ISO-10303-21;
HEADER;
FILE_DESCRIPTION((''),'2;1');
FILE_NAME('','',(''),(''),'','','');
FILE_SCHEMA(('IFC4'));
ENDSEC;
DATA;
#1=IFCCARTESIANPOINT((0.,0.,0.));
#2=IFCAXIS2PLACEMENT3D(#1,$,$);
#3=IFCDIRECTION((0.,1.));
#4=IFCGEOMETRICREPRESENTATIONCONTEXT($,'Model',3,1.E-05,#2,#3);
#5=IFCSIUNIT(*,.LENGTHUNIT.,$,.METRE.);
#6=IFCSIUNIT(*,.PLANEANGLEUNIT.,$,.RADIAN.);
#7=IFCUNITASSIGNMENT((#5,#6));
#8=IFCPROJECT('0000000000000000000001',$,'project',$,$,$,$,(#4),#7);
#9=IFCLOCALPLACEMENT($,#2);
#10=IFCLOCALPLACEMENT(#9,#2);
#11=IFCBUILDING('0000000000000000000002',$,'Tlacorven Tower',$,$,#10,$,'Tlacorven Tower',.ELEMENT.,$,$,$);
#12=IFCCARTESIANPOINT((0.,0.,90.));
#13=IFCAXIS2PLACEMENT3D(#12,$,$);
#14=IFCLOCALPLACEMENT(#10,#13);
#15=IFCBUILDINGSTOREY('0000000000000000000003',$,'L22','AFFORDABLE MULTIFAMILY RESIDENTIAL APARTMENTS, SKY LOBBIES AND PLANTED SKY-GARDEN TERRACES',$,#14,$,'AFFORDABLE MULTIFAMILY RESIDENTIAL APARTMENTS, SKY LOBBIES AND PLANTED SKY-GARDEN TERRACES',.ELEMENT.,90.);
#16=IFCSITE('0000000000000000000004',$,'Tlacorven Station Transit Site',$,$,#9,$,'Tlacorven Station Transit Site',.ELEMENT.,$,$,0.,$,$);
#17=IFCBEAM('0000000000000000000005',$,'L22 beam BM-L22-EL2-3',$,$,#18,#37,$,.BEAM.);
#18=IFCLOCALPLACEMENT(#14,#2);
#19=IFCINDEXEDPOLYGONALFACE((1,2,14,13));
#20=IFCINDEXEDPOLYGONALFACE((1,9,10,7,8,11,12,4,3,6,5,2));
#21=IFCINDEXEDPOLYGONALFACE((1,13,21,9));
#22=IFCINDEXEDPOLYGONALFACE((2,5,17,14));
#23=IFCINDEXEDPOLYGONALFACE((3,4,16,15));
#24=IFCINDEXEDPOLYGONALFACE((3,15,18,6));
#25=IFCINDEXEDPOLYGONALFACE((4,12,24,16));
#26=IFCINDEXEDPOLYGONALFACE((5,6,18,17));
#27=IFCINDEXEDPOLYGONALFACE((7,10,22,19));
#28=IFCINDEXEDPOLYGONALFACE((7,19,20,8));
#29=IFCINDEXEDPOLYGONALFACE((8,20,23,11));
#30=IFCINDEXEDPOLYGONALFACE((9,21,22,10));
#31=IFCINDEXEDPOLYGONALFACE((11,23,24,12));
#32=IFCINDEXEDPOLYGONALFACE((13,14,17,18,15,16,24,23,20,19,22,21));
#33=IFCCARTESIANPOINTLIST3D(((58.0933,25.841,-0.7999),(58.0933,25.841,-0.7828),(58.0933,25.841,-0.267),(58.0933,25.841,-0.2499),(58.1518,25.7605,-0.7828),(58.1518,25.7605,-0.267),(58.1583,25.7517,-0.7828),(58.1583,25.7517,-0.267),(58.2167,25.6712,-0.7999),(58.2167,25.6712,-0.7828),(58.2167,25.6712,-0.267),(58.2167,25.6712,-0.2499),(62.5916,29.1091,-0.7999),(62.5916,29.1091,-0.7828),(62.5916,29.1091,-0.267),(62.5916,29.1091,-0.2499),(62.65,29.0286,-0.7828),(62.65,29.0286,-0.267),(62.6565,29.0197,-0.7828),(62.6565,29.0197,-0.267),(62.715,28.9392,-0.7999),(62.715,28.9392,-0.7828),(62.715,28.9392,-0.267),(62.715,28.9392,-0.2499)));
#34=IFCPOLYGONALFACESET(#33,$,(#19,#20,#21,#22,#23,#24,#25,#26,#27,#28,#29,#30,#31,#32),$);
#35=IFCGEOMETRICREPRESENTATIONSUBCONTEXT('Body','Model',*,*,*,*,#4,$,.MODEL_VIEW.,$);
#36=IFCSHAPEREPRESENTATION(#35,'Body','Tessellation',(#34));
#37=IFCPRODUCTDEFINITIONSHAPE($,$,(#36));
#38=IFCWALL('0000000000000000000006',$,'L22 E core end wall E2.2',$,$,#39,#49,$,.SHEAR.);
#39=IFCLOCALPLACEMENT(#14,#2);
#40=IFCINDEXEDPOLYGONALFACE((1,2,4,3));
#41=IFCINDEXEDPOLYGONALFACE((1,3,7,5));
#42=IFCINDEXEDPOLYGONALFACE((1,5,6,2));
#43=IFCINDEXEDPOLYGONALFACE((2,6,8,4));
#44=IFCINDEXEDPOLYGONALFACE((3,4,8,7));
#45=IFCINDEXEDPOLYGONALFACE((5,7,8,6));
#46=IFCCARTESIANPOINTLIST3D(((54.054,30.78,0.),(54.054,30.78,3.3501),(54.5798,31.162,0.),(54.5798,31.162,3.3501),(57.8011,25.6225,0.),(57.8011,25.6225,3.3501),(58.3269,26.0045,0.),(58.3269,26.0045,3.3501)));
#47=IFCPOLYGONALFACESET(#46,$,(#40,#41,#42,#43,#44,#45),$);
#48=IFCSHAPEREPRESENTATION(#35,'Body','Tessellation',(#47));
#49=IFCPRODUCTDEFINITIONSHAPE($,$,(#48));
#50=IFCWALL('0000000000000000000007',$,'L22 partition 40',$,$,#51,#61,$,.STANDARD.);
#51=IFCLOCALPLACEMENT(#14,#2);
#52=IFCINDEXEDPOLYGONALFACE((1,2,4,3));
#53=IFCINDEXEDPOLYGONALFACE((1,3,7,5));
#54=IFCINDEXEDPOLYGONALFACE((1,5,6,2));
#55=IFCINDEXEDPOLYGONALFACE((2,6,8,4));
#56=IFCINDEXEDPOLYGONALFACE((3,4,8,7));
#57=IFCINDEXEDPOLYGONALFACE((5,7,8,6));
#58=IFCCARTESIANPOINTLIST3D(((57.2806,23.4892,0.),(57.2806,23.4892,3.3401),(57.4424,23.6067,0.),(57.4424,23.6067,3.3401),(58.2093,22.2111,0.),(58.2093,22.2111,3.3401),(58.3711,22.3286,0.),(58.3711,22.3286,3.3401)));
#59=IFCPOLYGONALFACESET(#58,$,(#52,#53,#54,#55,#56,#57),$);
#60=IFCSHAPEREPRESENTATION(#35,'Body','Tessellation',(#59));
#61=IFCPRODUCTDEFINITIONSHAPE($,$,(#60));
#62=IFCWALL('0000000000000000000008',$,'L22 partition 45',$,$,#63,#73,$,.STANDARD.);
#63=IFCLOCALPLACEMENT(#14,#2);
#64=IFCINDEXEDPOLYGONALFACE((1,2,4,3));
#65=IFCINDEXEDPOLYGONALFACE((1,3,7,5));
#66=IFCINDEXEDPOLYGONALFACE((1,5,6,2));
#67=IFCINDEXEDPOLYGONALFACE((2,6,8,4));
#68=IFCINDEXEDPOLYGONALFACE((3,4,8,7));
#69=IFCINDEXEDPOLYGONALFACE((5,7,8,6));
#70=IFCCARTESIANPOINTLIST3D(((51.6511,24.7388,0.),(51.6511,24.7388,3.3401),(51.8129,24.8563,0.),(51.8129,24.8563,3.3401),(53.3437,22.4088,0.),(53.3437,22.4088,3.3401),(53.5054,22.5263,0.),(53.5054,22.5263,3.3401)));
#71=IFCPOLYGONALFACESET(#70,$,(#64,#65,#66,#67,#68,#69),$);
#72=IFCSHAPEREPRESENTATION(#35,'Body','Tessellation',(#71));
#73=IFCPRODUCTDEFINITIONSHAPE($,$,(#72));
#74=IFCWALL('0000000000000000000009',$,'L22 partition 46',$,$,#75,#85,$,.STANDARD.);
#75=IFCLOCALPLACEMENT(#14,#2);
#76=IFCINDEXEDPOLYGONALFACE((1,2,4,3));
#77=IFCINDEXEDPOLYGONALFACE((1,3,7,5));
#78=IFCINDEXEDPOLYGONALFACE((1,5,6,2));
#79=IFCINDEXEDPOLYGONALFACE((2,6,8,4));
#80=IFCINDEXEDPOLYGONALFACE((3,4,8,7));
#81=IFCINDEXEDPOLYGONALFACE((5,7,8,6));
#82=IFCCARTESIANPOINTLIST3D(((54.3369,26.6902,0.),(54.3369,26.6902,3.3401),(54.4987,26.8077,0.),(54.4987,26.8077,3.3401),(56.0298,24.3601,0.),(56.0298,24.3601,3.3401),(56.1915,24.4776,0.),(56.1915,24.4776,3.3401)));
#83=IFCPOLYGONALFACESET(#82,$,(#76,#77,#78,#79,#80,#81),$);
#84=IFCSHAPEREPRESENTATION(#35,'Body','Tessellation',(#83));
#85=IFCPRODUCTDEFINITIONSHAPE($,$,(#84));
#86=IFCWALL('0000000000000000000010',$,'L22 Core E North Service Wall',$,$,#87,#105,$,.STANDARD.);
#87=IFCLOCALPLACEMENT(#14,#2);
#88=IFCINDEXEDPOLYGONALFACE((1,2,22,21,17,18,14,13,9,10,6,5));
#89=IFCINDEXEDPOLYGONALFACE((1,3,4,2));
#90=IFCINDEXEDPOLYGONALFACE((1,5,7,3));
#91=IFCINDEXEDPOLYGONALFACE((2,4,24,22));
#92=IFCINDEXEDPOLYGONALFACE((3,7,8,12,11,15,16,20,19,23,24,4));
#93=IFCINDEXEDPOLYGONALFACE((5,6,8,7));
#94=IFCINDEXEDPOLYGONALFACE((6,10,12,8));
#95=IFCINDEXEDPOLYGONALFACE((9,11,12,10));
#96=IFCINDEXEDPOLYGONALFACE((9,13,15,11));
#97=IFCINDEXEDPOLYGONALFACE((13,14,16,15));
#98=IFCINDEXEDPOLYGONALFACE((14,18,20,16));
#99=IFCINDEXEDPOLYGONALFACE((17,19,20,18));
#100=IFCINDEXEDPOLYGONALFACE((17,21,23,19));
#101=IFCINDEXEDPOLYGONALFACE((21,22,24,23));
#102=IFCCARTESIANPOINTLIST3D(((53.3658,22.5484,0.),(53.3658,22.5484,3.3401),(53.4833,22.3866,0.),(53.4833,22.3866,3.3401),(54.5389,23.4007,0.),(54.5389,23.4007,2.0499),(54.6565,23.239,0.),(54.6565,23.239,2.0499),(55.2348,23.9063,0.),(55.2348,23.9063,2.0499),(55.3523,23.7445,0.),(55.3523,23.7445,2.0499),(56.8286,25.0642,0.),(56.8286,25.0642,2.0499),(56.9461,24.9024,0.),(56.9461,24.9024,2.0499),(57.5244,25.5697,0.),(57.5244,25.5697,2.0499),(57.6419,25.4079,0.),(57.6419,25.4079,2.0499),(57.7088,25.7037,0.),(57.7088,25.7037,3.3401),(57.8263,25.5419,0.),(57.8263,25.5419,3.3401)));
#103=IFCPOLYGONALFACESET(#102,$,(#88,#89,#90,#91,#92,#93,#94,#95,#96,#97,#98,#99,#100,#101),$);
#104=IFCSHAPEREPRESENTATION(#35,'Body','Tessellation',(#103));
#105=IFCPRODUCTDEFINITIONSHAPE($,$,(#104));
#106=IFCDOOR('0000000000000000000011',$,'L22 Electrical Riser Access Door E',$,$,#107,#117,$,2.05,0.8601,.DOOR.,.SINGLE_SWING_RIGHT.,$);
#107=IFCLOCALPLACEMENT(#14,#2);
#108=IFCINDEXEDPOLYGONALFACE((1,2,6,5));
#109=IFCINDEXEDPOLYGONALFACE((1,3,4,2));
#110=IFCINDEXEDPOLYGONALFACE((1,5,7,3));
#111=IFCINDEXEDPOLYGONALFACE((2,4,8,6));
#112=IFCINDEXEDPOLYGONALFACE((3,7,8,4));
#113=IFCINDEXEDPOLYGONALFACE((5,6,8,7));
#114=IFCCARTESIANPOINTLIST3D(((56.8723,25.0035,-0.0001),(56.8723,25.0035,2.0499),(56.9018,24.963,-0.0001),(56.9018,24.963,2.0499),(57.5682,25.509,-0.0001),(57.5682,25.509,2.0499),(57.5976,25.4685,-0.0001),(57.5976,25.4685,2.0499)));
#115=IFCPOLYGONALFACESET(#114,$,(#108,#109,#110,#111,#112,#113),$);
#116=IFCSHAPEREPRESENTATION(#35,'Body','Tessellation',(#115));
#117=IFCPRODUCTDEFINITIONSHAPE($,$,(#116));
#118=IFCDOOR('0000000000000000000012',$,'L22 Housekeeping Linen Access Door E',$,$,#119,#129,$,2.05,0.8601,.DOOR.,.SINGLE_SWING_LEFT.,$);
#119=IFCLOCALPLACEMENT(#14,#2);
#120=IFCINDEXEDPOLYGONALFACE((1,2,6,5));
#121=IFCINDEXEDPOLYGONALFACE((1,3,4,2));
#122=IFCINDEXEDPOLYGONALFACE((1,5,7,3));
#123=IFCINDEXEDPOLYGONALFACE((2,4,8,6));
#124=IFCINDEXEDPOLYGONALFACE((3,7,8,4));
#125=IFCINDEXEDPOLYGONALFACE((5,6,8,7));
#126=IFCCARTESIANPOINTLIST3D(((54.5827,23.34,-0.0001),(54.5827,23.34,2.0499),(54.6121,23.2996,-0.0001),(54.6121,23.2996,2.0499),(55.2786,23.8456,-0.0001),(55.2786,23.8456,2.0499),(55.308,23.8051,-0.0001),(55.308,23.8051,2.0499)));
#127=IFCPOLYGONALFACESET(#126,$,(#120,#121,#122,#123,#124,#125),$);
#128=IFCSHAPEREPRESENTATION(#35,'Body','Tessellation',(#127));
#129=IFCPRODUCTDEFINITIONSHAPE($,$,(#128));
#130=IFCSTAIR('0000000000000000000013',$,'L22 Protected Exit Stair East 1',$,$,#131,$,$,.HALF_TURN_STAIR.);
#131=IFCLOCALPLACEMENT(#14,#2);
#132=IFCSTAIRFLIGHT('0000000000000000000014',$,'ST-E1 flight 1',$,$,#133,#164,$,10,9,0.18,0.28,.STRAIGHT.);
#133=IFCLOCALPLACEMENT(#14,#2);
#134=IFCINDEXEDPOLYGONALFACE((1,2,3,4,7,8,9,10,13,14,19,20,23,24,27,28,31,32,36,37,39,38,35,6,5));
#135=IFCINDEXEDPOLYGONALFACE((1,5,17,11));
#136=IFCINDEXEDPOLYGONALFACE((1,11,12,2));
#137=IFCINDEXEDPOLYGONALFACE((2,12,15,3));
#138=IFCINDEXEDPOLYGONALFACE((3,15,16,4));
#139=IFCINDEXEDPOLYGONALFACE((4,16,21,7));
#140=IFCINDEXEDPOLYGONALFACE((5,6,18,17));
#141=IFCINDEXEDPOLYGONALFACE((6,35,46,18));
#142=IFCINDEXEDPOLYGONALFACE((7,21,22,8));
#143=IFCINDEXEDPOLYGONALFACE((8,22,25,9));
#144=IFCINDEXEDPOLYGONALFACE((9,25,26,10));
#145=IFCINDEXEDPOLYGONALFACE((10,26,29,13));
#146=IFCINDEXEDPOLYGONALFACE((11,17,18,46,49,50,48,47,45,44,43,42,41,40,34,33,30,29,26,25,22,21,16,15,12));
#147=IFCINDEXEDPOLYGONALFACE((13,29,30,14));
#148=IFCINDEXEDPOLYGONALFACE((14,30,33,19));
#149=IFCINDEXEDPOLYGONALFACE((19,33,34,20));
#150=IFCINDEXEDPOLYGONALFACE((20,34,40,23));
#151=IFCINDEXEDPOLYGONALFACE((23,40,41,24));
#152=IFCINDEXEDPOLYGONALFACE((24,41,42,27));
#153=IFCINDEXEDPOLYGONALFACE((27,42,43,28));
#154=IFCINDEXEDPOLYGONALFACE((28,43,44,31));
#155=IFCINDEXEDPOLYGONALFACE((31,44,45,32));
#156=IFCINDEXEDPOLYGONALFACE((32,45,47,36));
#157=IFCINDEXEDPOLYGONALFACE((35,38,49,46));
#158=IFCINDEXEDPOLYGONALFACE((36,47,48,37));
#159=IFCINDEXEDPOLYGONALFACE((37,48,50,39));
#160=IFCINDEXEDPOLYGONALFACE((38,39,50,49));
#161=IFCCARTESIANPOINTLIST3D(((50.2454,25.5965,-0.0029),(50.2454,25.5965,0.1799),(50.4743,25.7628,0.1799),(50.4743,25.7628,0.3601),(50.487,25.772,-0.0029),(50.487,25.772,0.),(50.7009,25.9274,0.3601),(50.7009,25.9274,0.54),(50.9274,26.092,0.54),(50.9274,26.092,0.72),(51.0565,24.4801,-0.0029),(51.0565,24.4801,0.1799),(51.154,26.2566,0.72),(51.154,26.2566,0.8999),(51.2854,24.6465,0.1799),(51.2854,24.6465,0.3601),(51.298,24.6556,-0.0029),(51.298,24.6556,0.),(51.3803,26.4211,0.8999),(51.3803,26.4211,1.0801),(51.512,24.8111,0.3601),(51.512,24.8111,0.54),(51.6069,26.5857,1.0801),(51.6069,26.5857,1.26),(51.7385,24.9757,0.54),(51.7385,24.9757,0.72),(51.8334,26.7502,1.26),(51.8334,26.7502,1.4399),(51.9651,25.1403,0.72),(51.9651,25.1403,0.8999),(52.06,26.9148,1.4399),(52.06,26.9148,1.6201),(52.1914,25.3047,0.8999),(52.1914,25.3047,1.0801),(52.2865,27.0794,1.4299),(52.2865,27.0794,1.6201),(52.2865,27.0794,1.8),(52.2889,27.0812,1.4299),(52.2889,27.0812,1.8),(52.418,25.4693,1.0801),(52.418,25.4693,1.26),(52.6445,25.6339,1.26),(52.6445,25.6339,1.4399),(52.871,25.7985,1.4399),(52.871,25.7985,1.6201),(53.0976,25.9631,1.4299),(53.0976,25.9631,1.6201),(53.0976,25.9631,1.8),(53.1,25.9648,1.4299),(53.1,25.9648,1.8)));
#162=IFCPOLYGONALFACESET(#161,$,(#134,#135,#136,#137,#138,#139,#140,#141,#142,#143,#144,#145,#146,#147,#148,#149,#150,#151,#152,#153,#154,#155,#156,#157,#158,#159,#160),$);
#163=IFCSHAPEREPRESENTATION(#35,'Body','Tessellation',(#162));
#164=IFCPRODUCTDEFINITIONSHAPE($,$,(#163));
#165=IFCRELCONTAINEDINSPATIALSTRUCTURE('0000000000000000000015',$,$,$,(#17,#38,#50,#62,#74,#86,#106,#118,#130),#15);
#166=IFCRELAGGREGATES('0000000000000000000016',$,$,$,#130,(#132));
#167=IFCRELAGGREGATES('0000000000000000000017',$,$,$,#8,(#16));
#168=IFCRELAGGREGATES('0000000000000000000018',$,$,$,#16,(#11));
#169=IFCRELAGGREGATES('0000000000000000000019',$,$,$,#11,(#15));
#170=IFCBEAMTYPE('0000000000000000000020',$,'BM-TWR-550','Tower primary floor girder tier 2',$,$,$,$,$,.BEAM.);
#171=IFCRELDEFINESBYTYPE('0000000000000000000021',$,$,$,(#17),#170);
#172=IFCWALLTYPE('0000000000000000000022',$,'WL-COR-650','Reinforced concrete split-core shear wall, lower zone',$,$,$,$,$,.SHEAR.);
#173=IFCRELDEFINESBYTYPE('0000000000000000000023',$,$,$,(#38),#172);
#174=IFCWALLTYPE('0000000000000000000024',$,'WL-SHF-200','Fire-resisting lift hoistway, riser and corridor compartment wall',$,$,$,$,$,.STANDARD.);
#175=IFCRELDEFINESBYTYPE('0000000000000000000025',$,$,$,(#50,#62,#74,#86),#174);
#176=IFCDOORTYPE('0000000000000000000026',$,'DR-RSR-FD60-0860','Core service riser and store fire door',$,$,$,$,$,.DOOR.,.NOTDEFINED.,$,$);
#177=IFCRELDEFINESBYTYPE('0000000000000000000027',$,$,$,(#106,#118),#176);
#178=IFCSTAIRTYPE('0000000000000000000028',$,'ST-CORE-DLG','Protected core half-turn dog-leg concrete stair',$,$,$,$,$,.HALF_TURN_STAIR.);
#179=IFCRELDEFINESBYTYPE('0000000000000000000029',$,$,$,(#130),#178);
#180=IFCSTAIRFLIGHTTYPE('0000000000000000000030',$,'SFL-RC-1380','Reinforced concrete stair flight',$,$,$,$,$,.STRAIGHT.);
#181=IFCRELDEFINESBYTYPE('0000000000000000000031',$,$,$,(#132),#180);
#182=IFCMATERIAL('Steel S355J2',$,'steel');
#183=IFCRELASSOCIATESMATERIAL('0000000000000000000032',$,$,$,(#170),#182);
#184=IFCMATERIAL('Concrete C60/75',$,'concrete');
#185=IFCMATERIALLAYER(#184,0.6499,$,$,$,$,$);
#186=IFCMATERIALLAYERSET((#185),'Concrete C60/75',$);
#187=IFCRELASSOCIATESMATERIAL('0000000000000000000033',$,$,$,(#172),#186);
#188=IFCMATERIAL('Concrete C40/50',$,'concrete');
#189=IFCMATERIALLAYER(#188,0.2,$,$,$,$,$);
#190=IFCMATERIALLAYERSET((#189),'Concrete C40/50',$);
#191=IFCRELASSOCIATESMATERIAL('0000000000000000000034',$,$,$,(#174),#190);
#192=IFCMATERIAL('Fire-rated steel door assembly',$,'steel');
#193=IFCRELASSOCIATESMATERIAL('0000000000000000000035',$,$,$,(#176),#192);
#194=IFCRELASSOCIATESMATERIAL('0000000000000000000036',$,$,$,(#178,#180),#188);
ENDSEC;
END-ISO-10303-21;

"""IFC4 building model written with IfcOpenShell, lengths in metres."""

from ifc_helpers import new_model, si_unit, direction, frame, frame_2d, origin, origin_2d, place, context, subcontext, project, spatial, polyline, rectangle, i_section, outline, extrude, source, transform, mapped, material, layer, layer_set, material_profile, profile_set, type_object, element, fill, aggregate, save


model = new_model("IFC4")

# Units and contexts
model_context = context("Model", 3, precision=1e-05, world=origin(), true_north=direction((0.0, 1.0)))
body_context = subcontext(model_context, "Body", "Model", "MODEL_VIEW")
ifc_project = project(units=[si_unit("LENGTHUNIT", "METRE"), si_unit("PLANEANGLEUNIT", "RADIAN")], contexts=[model_context])

# Site, building, storey
site_placement = place(None, origin())
site = spatial("IfcSite", under=ifc_project, at=site_placement, Name="Tlacorven Station Transit Site", LongName="Tlacorven Station Transit Site", CompositionType="ELEMENT", RefElevation=0.0)
building_placement = place(site_placement, origin())
building = spatial("IfcBuilding", under=site, at=building_placement, Name="Tlacorven Tower", LongName="Tlacorven Tower", CompositionType="ELEMENT")
storey_placement = place(building_placement, frame((0.0, 0.0, 90.0)))
storey = spatial("IfcBuildingStorey", under=building, at=storey_placement, Name="L22", Description="AFFORDABLE MULTIFAMILY RESIDENTIAL APARTMENTS, SKY LOBBIES AND PLANTED SKY-GARDEN TERRACES", LongName="AFFORDABLE MULTIFAMILY RESIDENTIAL APARTMENTS, SKY LOBBIES AND PLANTED SKY-GARDEN TERRACES", CompositionType="ELEMENT", Elevation=90.0)

# Beam
ifc_material_1 = material(Name="Steel S355J2", Category="steel")
ifc_material_profile = material_profile(ifc_material_1, i_section(OverallWidth=0.21, OverallDepth=0.55, WebThickness=0.011, FlangeThickness=0.0171, at=origin_2d()), Name="IPE 550")
ifc_profile_set = profile_set([ifc_material_profile], Name="Steel S355J2")
beam_type = type_object("IfcBeamType", Name="BM-TWR-550", Description="Tower primary floor girder tier 2", PredefinedType="BEAM", material=ifc_profile_set)
shared_shape_1 = source(origin(), body_context, "Body", "SweptSolid", [
    extrude(i_section(OverallWidth=0.21, OverallDepth=0.55, WebThickness=0.011, FlangeThickness=0.0171, at=origin_2d()), origin(), (0.0, 0.0, 1.0), 5.5601),
])
beam_placement = place(storey_placement, frame((58.155, 25.7561, -0.5249), z_axis=(0.809028, 0.58777, 0.0), x_axis=(-0.58777, 0.809028, 0.0)))
element("IfcBeam", 1, at=beam_placement, inside=storey, type_object=beam_type, Name="L22 beam BM-L22-EL2-3", PredefinedType="BEAM", context=body_context, shape_type="MappedRepresentation", body=[
    mapped(shared_shape_1, transform((0.0, 0.0, 0.0), scale=1.0)),
])

# Walls
ifc_material_2 = material(Name="Concrete C60/75", Category="concrete")
ifc_layer_1 = layer(ifc_material_2, 0.6499)
ifc_layer_set_1 = layer_set([ifc_layer_1], Name="Concrete C60/75")
wall_type_1 = type_object("IfcWallType", Name="WL-COR-650", Description="Reinforced concrete split-core shear wall, lower zone", PredefinedType="SHEAR", material=ifc_layer_set_1)
wall_1_placement = place(storey_placement, frame((58.064, 25.8135, 0.0), z_axis=(0.0, 0.0, 1.0), x_axis=(-0.58778, 0.809021, 0.0)))
element("IfcWall", 2, at=wall_1_placement, inside=storey, type_object=wall_type_1, Name="L22 E core end wall E2.2", PredefinedType="SHEAR", context=body_context, shape_type="SweptSolid", body=[
    extrude(rectangle(XDim=6.375, YDim=0.6499, at=frame_2d((3.1875, 0.0))), origin(), (0.0, 0.0, 1.0), 3.3501),
])
ifc_material_3 = material(Name="Concrete C40/50", Category="concrete")
ifc_layer_2 = layer(ifc_material_3, 0.2)
ifc_layer_set_2 = layer_set([ifc_layer_2], Name="Concrete C40/50")
wall_type_2 = type_object("IfcWallType", Name="WL-SHF-200", Description="Fire-resisting lift hoistway, riser and corridor compartment wall", PredefinedType="STANDARD", material=ifc_layer_set_2)
wall_2_placement = place(storey_placement, frame((58.2903, 22.2698, 0.0), z_axis=(0.0, 0.0, 1.0), x_axis=(-0.587841, 0.808977, 0.0)))
element("IfcWall", 3, at=wall_2_placement, inside=storey, type_object=wall_type_2, Name="L22 partition 40", PredefinedType="STANDARD", context=body_context, shape_type="SweptSolid", body=[
    extrude(rectangle(XDim=1.5798, YDim=0.2, at=frame_2d((0.79, 0.0))), origin(), (0.0, 0.0, 1.0), 3.3401),
])
wall_3_placement = place(storey_placement, frame((53.4246, 22.4675, 0.0), z_axis=(0.0, 0.0, 1.0), x_axis=(-0.587723, 0.809062, 0.0)))
element("IfcWall", 4, at=wall_3_placement, inside=storey, type_object=wall_type_2, Name="L22 partition 45", PredefinedType="STANDARD", context=body_context, shape_type="SweptSolid", body=[
    extrude(rectangle(XDim=2.8799, YDim=0.2, at=frame_2d((1.4399, 0.0))), origin(), (0.0, 0.0, 1.0), 3.3401),
])
wall_4_placement = place(storey_placement, frame((56.1106, 24.4189, 0.0), z_axis=(0.0, 0.0, 1.0), x_axis=(-0.587778, 0.809022, 0.0)))
element("IfcWall", 5, at=wall_4_placement, inside=storey, type_object=wall_type_2, Name="L22 partition 46", PredefinedType="STANDARD", context=body_context, shape_type="SweptSolid", body=[
    extrude(rectangle(XDim=2.8801, YDim=0.2, at=frame_2d((1.4399, 0.0))), origin(), (0.0, 0.0, 1.0), 3.3401),
])

# Wall, openings, doors
wall_5_placement = place(storey_placement, frame((53.4246, 22.4675, 0.0), z_axis=(0.0, 0.0, 1.0), x_axis=(0.809027, 0.587771, 0.0)))
wall_5 = element("IfcWall", 6, at=wall_5_placement, inside=storey, type_object=wall_type_2, Name="L22 Core E North Service Wall", PredefinedType="STANDARD", context=body_context, shape_type="SweptSolid", body=[
    extrude(rectangle(XDim=5.3682, YDim=0.2, at=frame_2d((2.6841, 0.0))), origin(), (0.0, 0.0, 1.0), 3.3401),
])
opening_1_placement = place(wall_5_placement, frame((4.28, 0.0, 0.0)))
opening_1 = element("IfcOpeningElement", 7, at=opening_1_placement, cuts=wall_5, PredefinedType="OPENING", context=body_context, shape_type="SweptSolid", body=[
    extrude(rectangle(XDim=0.8601, YDim=2.05, at=frame_2d((0.4302, 1.0249))), frame((0.0, 0.1099, 0.0), z_axis=(0.0, -1.0, 0.0), x_axis=(1.0, 0.0, 0.0)), (0.0, 0.0, 1.0), 0.22),
])
opening_2_placement = place(wall_5_placement, frame((1.45, 0.0, 0.0)))
opening_2 = element("IfcOpeningElement", 8, at=opening_2_placement, cuts=wall_5, PredefinedType="OPENING", context=body_context, shape_type="SweptSolid", body=[
    extrude(rectangle(XDim=0.8601, YDim=2.05, at=frame_2d((0.4302, 1.0249))), frame((0.0, 0.1099, 0.0), z_axis=(0.0, -1.0, 0.0), x_axis=(1.0, 0.0, 0.0)), (0.0, 0.0, 1.0), 0.22),
])
ifc_material_4 = material(Name="Fire-rated steel door assembly", Category="steel")
door_type = type_object("IfcDoorType", Name="DR-RSR-FD60-0860", Description="Core service riser and store fire door", OperationType="NOTDEFINED", PredefinedType="DOOR", material=ifc_material_4)
shared_shape_2 = source(origin(), body_context, "Body", "SweptSolid", [
    extrude(rectangle(XDim=0.8601, YDim=2.05, at=frame_2d((0.4302, 1.0249))), frame((0.0, 0.0249, 0.0), z_axis=(0.0, -1.0, 0.0), x_axis=(1.0, 0.0, 0.0)), (0.0, 0.0, 1.0), 0.05),
])
door_1_placement = place(opening_1_placement, frame((0.8601, 0.0, 0.0), z_axis=(0.0, 0.0, 1.0), x_axis=(-1.0, 0.0, 0.0)))
door_1 = element("IfcDoor", 9, at=door_1_placement, inside=storey, type_object=door_type, Name="L22 Electrical Riser Access Door E", OperationType="SINGLE_SWING_RIGHT", OverallHeight=2.05, OverallWidth=0.8601, PredefinedType="DOOR", context=body_context, shape_type="MappedRepresentation", body=[
    mapped(shared_shape_2, transform((0.0, 0.0, 0.0), scale=1.0)),
])
fill(opening_1, door_1)
door_2_placement = place(opening_2_placement, frame((0.8601, 0.0, 0.0), z_axis=(0.0, 0.0, 1.0), x_axis=(-1.0, 0.0, 0.0)))
door_2 = element("IfcDoor", 10, at=door_2_placement, inside=storey, type_object=door_type, Name="L22 Housekeeping Linen Access Door E", OperationType="SINGLE_SWING_LEFT", OverallHeight=2.05, OverallWidth=0.8601, PredefinedType="DOOR", context=body_context, shape_type="MappedRepresentation", body=[
    mapped(shared_shape_2, transform((0.0, 0.0, 0.0), scale=1.0)),
])
fill(opening_2, door_2)

# Stair, stair flight
stair_type = type_object("IfcStairType", Name="ST-CORE-DLG", Description="Protected core half-turn dog-leg concrete stair", PredefinedType="HALF_TURN_STAIR", material=ifc_material_3)
stair_placement = place(storey_placement, origin())
stair = element("IfcStair", 11, at=stair_placement, inside=storey, type_object=stair_type, Name="L22 Protected Exit Stair East 1", PredefinedType="HALF_TURN_STAIR")
stair_flight_type = type_object("IfcStairFlightType", Name="SFL-RC-1380", Description="Reinforced concrete stair flight", PredefinedType="STRAIGHT", material=ifc_material_3)
shared_shape_3 = source(origin(), body_context, "Body", "SweptSolid", [
    extrude(outline(polyline([(-0.0029, -0.0029), (-0.0029, 0.1799), (0.28, 0.1799), (0.28, 0.3601), (0.5601, 0.3601), (0.5601, 0.54), (0.8401, 0.54), (0.8401, 0.72), (1.1201, 0.72), (1.1201, 0.8999), (1.3999, 0.8999), (1.3999, 1.0801), (1.6799, 1.0801), (1.6799, 1.26), (1.96, 1.26), (1.96, 1.4399), (2.24, 1.4399), (2.24, 1.6201), (2.52, 1.6201), (2.52, 1.8), (2.5229, 1.8), (2.5229, 1.4299), (2.52, 1.4299), (0.2957, 0.0), (0.2957, -0.0029), (-0.0029, -0.0029)])), frame((0.0, 0.6899, 0.0), z_axis=(0.0, -1.0, 0.0), x_axis=(1.0, 0.0, 0.0)), (0.0, 0.0, 1.0), 1.3799),
])
stair_flight_placement = place(storey_placement, frame((50.6533, 25.04, 0.0), z_axis=(0.0, 0.0, 1.0), x_axis=(0.809017, 0.587785, 0.0)))
stair_flight = element("IfcStairFlight", 12, at=stair_flight_placement, type_object=stair_flight_type, Name="ST-E1 flight 1", NumberOfRisers=10, NumberOfTreads=9, PredefinedType="STRAIGHT", RiserHeight=0.18, TreadLength=0.28, context=body_context, shape_type="MappedRepresentation", body=[
    mapped(shared_shape_3, transform((0.0, 0.0, 0.0), scale=1.0)),
])
aggregate(stair, [stair_flight])

save(model, "model.ifc")
